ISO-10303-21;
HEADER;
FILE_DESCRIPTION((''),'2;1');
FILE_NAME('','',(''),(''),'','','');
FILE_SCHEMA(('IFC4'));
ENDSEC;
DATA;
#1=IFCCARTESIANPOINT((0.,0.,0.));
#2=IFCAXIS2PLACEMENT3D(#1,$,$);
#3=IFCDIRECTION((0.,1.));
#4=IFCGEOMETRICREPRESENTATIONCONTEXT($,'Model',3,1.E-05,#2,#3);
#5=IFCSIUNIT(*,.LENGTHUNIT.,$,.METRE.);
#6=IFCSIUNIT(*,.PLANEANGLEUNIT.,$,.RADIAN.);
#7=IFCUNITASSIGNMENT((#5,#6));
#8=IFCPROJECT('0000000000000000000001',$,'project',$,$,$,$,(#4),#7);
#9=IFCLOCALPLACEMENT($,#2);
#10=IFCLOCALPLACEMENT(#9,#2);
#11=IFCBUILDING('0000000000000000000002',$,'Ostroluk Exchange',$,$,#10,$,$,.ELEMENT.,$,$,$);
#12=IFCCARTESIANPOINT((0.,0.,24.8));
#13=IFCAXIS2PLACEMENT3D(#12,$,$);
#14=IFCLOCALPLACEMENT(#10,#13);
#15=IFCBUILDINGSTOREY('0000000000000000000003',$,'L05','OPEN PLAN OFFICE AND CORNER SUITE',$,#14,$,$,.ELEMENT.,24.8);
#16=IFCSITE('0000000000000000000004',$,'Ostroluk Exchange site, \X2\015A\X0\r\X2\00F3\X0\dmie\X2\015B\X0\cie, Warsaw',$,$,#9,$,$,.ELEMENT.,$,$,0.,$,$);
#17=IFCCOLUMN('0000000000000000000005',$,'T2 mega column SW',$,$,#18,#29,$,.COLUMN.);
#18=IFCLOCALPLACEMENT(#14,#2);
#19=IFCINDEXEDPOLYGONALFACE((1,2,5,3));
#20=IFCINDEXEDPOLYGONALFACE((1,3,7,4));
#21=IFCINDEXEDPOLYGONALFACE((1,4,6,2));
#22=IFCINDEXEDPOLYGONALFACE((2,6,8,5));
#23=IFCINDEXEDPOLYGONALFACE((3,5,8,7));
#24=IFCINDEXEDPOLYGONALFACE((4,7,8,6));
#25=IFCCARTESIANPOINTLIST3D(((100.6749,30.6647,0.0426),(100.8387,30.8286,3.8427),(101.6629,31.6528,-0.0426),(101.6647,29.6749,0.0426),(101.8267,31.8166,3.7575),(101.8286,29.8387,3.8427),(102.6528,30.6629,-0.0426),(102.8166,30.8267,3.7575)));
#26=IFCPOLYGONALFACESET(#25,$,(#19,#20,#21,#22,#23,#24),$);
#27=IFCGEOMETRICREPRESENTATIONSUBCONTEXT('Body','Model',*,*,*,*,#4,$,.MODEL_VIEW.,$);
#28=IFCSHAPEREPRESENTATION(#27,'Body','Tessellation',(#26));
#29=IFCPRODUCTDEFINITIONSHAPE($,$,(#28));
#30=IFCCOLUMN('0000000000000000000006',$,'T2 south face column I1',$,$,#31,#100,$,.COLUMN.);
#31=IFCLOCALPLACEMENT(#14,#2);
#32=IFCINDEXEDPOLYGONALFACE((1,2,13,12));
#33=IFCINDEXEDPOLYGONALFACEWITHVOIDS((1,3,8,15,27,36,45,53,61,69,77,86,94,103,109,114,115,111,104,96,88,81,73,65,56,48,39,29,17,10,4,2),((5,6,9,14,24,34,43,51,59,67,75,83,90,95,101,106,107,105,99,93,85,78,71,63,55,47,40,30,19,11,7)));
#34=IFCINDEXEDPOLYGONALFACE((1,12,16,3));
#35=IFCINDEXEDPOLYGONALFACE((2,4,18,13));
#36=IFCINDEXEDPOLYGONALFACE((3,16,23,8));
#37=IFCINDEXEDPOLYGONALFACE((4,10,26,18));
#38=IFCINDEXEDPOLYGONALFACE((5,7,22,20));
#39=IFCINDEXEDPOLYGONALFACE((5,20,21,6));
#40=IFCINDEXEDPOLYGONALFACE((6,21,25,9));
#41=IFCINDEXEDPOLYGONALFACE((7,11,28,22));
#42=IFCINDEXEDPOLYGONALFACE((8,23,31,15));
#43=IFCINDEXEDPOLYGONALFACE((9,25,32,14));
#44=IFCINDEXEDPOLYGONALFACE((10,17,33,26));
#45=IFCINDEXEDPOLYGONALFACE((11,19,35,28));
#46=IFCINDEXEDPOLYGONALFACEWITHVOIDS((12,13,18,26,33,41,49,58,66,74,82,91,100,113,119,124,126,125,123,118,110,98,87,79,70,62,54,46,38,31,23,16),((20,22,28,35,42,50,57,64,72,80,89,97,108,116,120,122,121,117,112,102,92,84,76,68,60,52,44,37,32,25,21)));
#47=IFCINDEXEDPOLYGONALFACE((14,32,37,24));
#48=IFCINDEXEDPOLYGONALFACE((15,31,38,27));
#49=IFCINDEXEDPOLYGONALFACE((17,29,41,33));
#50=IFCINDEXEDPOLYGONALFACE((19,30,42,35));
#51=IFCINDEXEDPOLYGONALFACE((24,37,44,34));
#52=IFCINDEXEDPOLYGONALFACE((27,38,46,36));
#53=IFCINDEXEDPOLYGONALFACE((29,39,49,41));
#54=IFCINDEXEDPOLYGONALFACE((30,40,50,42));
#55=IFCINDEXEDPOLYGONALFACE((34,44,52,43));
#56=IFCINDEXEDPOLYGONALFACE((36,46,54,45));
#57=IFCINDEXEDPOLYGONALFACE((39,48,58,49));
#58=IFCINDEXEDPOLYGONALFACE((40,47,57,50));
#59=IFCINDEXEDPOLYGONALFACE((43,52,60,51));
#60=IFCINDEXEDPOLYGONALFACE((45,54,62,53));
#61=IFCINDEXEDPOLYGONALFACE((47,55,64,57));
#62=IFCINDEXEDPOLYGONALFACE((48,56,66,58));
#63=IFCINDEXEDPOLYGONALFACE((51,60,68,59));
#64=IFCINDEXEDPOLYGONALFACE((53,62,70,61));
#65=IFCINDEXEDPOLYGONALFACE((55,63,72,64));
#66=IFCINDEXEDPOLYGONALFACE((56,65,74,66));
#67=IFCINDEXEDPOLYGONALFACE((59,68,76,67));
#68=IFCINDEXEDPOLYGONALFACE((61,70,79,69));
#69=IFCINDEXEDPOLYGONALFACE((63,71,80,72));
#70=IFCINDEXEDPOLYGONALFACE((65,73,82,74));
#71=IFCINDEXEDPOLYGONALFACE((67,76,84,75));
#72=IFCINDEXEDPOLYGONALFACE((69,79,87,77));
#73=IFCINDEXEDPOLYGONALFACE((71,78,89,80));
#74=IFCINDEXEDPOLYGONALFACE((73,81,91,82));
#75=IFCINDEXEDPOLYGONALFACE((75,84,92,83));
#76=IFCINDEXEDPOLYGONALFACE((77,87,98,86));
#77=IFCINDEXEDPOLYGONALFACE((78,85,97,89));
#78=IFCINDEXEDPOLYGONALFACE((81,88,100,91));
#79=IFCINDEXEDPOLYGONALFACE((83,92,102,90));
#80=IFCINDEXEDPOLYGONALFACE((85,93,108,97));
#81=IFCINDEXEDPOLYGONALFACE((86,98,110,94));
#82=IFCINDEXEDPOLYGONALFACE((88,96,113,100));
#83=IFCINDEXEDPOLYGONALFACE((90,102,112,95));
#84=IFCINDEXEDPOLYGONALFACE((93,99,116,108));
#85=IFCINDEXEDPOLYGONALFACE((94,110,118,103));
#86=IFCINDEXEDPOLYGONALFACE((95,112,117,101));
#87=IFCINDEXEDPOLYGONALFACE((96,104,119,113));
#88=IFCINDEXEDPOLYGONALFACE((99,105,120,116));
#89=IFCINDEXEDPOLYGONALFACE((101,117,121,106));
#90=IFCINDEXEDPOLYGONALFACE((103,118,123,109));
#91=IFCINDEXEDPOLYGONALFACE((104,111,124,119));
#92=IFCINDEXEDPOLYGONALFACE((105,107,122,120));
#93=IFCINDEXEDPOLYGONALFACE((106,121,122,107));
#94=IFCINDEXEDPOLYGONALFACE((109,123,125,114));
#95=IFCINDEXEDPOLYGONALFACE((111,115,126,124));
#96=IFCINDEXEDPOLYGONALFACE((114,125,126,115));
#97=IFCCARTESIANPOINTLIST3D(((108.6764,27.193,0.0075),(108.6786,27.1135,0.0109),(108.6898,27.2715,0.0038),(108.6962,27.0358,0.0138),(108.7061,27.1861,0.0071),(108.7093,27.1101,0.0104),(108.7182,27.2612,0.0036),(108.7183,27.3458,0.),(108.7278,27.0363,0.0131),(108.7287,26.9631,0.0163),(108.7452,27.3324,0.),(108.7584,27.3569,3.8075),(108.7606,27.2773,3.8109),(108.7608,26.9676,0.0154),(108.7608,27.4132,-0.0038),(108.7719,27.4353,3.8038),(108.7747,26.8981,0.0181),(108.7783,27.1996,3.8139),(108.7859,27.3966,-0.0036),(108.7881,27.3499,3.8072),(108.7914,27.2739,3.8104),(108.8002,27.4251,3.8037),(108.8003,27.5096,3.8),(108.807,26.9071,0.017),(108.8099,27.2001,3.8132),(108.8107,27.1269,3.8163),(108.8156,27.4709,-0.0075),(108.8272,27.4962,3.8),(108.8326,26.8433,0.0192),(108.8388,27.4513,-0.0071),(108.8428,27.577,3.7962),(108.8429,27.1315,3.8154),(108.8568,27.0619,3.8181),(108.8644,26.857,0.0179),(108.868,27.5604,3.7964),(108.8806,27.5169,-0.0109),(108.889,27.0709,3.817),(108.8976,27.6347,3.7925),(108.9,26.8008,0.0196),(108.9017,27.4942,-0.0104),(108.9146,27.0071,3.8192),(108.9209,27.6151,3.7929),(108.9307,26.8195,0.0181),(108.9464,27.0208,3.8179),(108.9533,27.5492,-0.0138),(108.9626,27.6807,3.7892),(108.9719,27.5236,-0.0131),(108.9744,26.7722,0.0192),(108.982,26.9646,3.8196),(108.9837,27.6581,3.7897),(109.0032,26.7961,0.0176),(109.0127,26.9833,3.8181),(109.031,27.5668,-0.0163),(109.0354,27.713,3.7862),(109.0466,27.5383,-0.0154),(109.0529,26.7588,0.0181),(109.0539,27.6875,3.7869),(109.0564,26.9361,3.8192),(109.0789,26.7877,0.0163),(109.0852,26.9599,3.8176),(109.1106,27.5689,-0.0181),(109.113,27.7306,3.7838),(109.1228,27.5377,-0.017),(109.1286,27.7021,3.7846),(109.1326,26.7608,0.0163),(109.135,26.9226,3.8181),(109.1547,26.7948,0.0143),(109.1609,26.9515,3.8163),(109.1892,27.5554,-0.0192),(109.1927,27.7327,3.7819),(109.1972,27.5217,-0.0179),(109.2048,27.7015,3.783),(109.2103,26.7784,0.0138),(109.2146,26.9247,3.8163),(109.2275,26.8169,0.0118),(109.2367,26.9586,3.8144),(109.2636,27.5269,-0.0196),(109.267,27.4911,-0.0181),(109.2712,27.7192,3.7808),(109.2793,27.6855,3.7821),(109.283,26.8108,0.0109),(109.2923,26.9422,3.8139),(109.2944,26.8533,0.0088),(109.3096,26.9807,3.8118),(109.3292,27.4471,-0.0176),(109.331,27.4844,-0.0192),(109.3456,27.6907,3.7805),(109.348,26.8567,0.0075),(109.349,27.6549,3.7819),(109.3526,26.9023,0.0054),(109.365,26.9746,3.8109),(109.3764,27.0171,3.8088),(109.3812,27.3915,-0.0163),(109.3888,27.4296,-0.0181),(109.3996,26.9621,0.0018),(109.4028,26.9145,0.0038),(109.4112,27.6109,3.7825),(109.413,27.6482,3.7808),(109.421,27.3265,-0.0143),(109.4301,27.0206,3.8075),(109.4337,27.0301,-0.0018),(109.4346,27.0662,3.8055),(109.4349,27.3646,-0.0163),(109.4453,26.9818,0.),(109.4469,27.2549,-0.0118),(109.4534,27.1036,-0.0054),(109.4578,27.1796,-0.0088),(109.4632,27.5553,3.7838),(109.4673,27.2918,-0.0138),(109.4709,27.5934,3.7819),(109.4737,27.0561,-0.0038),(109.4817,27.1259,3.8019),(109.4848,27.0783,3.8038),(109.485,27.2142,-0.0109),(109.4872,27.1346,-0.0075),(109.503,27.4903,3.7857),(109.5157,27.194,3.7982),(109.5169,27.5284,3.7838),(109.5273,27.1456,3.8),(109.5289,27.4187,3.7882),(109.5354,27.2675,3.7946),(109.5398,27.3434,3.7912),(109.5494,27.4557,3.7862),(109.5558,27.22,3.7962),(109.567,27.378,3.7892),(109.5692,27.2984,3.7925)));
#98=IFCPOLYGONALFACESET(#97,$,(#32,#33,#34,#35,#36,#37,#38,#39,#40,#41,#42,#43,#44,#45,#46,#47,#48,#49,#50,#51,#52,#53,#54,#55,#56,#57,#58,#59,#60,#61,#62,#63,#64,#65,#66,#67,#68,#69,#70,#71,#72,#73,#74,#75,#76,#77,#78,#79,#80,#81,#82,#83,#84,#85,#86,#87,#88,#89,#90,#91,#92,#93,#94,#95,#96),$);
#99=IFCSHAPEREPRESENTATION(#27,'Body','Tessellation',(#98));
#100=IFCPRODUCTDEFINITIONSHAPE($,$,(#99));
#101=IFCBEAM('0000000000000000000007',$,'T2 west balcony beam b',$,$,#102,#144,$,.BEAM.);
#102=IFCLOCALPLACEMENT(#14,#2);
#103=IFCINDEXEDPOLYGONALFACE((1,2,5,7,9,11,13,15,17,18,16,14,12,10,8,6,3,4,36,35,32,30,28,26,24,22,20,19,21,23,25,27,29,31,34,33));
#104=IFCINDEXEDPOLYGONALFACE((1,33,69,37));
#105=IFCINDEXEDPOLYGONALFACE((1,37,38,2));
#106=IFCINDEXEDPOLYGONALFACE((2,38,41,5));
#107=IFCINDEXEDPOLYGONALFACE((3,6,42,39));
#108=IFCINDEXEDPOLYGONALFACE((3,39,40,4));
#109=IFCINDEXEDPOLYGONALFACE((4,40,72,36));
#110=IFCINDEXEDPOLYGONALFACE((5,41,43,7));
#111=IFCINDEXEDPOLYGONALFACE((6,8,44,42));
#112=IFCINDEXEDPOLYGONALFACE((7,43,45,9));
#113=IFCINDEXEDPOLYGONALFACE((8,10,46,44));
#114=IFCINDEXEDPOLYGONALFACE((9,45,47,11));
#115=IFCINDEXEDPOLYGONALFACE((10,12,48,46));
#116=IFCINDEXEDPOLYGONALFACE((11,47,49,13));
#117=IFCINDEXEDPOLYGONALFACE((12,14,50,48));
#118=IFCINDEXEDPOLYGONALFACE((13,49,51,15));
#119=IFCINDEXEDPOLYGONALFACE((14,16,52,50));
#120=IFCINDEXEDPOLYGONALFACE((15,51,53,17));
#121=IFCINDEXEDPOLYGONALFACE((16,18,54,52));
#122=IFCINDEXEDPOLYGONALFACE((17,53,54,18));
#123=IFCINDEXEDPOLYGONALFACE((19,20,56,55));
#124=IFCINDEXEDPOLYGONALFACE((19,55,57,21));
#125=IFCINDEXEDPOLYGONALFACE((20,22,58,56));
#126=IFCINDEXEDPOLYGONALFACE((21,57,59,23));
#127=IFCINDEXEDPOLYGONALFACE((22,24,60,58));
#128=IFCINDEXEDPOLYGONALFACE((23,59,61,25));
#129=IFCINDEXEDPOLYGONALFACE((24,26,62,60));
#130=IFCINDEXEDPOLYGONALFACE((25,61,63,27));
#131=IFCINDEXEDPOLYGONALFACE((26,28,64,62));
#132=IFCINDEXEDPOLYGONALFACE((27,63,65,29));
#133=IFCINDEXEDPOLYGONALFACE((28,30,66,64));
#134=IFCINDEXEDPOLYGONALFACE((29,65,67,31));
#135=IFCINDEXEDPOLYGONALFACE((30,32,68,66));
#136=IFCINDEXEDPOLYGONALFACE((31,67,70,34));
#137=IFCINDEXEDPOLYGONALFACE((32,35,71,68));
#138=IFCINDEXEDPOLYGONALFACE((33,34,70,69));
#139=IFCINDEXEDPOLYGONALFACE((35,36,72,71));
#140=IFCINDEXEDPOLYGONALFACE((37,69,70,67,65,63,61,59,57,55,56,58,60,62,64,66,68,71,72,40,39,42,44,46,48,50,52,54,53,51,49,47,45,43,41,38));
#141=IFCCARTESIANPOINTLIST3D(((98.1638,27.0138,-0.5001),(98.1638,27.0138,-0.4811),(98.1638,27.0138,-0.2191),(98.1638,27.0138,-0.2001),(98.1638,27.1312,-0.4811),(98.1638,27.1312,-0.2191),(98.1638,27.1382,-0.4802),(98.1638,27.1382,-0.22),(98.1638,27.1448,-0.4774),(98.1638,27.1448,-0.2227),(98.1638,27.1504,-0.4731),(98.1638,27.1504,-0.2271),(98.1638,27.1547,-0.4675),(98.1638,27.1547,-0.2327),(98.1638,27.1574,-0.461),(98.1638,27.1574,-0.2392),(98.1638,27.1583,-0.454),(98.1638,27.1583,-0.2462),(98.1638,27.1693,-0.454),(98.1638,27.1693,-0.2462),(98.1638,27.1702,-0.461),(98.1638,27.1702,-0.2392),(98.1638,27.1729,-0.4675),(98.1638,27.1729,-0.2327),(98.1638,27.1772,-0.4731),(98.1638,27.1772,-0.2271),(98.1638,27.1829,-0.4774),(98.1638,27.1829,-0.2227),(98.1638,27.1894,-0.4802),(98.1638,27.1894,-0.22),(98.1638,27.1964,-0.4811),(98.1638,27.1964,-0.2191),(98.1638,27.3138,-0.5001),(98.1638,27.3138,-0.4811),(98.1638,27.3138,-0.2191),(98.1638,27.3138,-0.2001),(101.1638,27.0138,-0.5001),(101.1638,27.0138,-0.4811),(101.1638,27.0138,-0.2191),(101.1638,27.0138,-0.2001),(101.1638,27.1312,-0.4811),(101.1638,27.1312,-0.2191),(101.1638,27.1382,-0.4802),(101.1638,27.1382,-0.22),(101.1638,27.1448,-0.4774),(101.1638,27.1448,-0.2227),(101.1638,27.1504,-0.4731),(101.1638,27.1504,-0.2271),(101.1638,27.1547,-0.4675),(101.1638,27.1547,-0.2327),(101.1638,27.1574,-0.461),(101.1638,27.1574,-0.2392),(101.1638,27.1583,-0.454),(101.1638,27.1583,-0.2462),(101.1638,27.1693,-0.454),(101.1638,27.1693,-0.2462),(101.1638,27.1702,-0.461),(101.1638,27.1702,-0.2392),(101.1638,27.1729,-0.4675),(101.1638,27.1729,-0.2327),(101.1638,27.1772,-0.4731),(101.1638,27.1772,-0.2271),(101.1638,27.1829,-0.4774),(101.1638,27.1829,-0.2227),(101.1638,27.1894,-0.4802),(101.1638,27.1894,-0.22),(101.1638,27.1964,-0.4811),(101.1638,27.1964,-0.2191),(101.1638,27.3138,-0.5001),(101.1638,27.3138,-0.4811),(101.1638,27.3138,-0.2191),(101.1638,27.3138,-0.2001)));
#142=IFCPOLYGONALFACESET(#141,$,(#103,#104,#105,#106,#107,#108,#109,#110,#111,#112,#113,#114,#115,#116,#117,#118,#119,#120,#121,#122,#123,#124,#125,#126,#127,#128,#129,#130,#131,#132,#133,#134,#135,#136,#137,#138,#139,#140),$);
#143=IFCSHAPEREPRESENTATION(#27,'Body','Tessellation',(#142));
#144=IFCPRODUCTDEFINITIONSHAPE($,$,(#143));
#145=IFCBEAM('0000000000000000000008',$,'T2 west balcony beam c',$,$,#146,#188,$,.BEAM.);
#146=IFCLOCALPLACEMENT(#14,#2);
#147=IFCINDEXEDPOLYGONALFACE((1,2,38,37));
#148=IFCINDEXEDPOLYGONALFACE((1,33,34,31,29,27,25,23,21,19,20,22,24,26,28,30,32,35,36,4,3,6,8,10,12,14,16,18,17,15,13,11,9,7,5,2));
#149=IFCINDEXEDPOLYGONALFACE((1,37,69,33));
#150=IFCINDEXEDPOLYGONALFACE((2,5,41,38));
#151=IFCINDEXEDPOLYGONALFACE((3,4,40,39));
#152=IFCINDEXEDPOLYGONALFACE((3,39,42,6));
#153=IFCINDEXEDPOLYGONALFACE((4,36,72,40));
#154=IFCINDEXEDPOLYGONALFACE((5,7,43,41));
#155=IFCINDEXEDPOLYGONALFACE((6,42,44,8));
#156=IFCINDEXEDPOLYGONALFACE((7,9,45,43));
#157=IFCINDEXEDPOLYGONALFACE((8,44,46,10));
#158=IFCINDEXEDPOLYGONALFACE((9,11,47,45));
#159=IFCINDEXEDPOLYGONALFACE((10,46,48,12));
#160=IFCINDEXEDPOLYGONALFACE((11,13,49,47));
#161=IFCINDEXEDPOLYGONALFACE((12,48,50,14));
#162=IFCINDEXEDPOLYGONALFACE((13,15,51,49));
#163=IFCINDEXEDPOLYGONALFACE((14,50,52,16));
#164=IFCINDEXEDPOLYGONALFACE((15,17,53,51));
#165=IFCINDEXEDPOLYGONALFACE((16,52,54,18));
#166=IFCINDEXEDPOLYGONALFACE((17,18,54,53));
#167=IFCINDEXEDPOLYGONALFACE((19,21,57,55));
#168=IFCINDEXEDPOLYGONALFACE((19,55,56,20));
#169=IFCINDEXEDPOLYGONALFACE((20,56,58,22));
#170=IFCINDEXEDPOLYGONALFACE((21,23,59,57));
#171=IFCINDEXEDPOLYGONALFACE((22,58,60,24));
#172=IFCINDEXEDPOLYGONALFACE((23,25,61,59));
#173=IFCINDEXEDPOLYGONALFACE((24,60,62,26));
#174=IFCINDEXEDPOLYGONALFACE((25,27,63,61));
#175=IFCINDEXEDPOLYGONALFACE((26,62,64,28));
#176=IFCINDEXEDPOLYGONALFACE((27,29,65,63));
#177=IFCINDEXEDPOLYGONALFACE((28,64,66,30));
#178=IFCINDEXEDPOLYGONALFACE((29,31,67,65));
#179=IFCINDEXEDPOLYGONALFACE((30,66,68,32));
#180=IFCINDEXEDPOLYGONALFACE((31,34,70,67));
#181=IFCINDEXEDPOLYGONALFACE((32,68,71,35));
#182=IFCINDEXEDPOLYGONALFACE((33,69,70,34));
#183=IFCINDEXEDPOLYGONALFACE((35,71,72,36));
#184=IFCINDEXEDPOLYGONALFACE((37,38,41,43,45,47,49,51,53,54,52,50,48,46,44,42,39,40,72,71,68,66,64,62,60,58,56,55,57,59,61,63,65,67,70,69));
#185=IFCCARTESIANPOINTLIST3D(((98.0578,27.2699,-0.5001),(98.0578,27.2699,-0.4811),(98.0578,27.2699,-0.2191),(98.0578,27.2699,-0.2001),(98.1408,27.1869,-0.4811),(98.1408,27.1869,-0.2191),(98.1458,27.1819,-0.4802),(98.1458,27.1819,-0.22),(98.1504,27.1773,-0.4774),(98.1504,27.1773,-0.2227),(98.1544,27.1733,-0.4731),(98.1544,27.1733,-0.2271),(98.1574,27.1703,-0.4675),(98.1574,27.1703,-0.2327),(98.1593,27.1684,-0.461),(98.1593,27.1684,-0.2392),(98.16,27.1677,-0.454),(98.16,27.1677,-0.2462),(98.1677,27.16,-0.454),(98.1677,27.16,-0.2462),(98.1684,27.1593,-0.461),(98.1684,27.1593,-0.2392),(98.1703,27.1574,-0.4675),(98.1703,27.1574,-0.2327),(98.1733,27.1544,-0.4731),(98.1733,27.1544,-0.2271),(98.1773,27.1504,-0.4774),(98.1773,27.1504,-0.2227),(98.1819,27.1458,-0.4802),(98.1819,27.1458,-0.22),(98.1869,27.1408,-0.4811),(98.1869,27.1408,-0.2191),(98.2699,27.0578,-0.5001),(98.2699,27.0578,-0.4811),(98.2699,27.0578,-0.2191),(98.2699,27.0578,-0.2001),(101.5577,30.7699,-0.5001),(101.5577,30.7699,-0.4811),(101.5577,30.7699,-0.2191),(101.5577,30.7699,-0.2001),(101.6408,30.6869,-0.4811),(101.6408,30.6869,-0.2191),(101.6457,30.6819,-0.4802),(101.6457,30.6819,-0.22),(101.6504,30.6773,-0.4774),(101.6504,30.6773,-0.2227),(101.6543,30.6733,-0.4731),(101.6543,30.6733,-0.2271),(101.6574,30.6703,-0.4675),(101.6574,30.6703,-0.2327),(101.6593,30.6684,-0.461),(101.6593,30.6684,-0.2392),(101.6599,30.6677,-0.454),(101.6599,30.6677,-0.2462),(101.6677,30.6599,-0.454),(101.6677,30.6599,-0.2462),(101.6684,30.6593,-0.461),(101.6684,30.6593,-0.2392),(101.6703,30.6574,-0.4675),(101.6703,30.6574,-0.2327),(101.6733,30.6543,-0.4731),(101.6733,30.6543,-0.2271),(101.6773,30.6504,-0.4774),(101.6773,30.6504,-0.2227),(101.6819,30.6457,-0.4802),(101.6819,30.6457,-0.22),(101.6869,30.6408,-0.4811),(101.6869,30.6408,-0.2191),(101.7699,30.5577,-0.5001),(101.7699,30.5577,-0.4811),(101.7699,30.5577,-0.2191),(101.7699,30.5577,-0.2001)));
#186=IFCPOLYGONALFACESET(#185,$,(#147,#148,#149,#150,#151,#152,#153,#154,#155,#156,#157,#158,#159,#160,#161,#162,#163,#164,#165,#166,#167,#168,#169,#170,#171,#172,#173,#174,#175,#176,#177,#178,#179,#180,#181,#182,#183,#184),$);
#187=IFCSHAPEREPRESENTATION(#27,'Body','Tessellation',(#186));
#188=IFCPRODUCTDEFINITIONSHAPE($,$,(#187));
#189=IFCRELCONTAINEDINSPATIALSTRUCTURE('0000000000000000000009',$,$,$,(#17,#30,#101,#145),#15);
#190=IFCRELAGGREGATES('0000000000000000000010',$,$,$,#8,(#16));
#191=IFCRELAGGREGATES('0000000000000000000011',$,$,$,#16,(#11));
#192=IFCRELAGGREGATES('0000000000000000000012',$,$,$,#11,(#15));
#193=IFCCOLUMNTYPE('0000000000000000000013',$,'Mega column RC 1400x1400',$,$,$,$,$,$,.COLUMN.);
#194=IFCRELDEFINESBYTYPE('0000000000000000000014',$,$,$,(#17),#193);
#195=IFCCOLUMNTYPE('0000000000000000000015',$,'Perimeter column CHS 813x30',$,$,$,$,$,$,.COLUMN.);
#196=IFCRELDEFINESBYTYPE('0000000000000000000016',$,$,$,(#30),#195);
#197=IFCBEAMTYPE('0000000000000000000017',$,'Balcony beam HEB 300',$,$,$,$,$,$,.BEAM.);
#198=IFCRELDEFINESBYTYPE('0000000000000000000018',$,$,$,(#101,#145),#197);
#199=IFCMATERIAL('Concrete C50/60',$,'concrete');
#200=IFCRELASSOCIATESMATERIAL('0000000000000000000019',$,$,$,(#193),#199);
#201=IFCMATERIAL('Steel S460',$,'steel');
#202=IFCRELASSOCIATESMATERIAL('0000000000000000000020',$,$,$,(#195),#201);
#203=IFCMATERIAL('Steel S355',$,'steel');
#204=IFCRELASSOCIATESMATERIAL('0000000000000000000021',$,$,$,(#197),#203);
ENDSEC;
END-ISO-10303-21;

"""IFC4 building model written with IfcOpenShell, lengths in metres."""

from ifc_helpers import new_model, si_unit, direction, frame, origin, origin_2d, place, context, subcontext, project, spatial, rectangle, hollow_circle, i_section, extrude, material, material_profile, profile_set, type_object, element, save


model = new_model("IFC4")

# Units and contexts
model_context = context("Model", 3, precision=1e-05, world=origin(), true_north=direction((0.0, 1.0)))
body_context = subcontext(model_context, "Body", "Model", "MODEL_VIEW")
ifc_project = project(units=[si_unit("LENGTHUNIT", "METRE"), si_unit("PLANEANGLEUNIT", "RADIAN")], contexts=[model_context])

# Site, building, storey
site_placement = place(None, origin())
site = spatial("IfcSite", under=ifc_project, at=site_placement, Name="Ostroluk Exchange site, Śródmieście, Warsaw", CompositionType="ELEMENT", RefElevation=0.0)
building_placement = place(site_placement, origin())
building = spatial("IfcBuilding", under=site, at=building_placement, Name="Ostroluk Exchange", CompositionType="ELEMENT")
storey_placement = place(building_placement, frame((0.0, 0.0, 24.8)))
storey = spatial("IfcBuildingStorey", under=building, at=storey_placement, Name="L05", Description="OPEN PLAN OFFICE AND CORNER SUITE", CompositionType="ELEMENT", Elevation=24.8)

# Columns
ifc_material_1 = material(Name="Concrete C50/60", Category="concrete")
ifc_material_profile_1 = material_profile(ifc_material_1, rectangle(XDim=1.3999, YDim=1.3999, at=origin_2d()), Name="RC 1400x1400")
ifc_profile_set_1 = profile_set([ifc_material_profile_1], Name="Concrete C50/60")
column_type_1 = type_object("IfcColumnType", Name="Mega column RC 1400x1400", PredefinedType="COLUMN", material=ifc_profile_set_1)
column_1_placement = place(storey_placement, frame((101.6638, 30.6638, 0.0), z_axis=(0.04303, 0.04303, 0.998147), x_axis=(-0.707107, 0.707107, 0.0)))
element("IfcColumn", 1, at=column_1_placement, inside=storey, type_object=column_type_1, Name="T2 mega column SW", PredefinedType="COLUMN", context=body_context, shape_type="SweptSolid", body=[
    extrude(rectangle(XDim=1.3999, YDim=1.3999, at=origin_2d()), origin(), (0.0, 0.0, 1.0), 3.8071),
])
ifc_material_2 = material(Name="Steel S460", Category="steel")
ifc_material_profile_2 = material_profile(ifc_material_2, hollow_circle(Radius=0.4065, WallThickness=0.03, at=origin_2d()), Name="CHS 813x30")
ifc_profile_set_2 = profile_set([ifc_material_profile_2], Name="Steel S460")
column_type_2 = type_object("IfcColumnType", Name="Perimeter column CHS 813x30", PredefinedType="COLUMN", material=ifc_profile_set_2)
column_2_placement = place(storey_placement, frame((109.0818, 27.1638, 0.0), z_axis=(0.021562, 0.04306, 0.99884), x_axis=(-0.894161, 0.447747, 0.0)))
element("IfcColumn", 2, at=column_2_placement, inside=storey, type_object=column_type_2, Name="T2 south face column I1", PredefinedType="COLUMN", context=body_context, shape_type="SweptSolid", body=[
    extrude(hollow_circle(Radius=0.4065, WallThickness=0.03, at=origin_2d()), origin(), (0.0, 0.0, 1.0), 3.8044),
])

# Beams
ifc_material_3 = material(Name="Steel S355", Category="steel")
ifc_material_profile_3 = material_profile(ifc_material_3, i_section(OverallWidth=0.3, OverallDepth=0.3, WebThickness=0.011, FlangeThickness=0.019, FilletRadius=0.0271, at=origin_2d()), Name="HEB 300")
ifc_profile_set_3 = profile_set([ifc_material_profile_3], Name="Steel S355")
beam_type_1 = type_object("IfcBeamType", Name="Balcony beam HEB 300", PredefinedType="BEAM", material=ifc_profile_set_3)
beam_1_placement = place(storey_placement, frame((101.1638, 27.1638, -0.3501), z_axis=(-1.0, 0.0, 0.0), x_axis=(0.0, -1.0, 0.0)))
element("IfcBeam", 3, at=beam_1_placement, inside=storey, type_object=beam_type_1, Name="T2 west balcony beam b", PredefinedType="BEAM", context=body_context, shape_type="SweptSolid", body=[
    extrude(i_section(OverallWidth=0.3, OverallDepth=0.3, WebThickness=0.011, FlangeThickness=0.019, FilletRadius=0.0271, at=origin_2d()), origin(), (0.0, 0.0, 1.0), 3.0),
])
beam_2_placement = place(storey_placement, frame((101.6638, 30.6638, -0.3501), z_axis=(-0.707107, -0.707107, 0.0), x_axis=(0.707107, -0.707107, 0.0)))
element("IfcBeam", 4, at=beam_2_placement, inside=storey, type_object=beam_type_1, Name="T2 west balcony beam c", PredefinedType="BEAM", context=body_context, shape_type="SweptSolid", body=[
    extrude(i_section(OverallWidth=0.3, OverallDepth=0.3, WebThickness=0.011, FlangeThickness=0.019, FilletRadius=0.0271, at=origin_2d()), origin(), (0.0, 0.0, 1.0), 4.9497),
])

save(model, "model.ifc")
